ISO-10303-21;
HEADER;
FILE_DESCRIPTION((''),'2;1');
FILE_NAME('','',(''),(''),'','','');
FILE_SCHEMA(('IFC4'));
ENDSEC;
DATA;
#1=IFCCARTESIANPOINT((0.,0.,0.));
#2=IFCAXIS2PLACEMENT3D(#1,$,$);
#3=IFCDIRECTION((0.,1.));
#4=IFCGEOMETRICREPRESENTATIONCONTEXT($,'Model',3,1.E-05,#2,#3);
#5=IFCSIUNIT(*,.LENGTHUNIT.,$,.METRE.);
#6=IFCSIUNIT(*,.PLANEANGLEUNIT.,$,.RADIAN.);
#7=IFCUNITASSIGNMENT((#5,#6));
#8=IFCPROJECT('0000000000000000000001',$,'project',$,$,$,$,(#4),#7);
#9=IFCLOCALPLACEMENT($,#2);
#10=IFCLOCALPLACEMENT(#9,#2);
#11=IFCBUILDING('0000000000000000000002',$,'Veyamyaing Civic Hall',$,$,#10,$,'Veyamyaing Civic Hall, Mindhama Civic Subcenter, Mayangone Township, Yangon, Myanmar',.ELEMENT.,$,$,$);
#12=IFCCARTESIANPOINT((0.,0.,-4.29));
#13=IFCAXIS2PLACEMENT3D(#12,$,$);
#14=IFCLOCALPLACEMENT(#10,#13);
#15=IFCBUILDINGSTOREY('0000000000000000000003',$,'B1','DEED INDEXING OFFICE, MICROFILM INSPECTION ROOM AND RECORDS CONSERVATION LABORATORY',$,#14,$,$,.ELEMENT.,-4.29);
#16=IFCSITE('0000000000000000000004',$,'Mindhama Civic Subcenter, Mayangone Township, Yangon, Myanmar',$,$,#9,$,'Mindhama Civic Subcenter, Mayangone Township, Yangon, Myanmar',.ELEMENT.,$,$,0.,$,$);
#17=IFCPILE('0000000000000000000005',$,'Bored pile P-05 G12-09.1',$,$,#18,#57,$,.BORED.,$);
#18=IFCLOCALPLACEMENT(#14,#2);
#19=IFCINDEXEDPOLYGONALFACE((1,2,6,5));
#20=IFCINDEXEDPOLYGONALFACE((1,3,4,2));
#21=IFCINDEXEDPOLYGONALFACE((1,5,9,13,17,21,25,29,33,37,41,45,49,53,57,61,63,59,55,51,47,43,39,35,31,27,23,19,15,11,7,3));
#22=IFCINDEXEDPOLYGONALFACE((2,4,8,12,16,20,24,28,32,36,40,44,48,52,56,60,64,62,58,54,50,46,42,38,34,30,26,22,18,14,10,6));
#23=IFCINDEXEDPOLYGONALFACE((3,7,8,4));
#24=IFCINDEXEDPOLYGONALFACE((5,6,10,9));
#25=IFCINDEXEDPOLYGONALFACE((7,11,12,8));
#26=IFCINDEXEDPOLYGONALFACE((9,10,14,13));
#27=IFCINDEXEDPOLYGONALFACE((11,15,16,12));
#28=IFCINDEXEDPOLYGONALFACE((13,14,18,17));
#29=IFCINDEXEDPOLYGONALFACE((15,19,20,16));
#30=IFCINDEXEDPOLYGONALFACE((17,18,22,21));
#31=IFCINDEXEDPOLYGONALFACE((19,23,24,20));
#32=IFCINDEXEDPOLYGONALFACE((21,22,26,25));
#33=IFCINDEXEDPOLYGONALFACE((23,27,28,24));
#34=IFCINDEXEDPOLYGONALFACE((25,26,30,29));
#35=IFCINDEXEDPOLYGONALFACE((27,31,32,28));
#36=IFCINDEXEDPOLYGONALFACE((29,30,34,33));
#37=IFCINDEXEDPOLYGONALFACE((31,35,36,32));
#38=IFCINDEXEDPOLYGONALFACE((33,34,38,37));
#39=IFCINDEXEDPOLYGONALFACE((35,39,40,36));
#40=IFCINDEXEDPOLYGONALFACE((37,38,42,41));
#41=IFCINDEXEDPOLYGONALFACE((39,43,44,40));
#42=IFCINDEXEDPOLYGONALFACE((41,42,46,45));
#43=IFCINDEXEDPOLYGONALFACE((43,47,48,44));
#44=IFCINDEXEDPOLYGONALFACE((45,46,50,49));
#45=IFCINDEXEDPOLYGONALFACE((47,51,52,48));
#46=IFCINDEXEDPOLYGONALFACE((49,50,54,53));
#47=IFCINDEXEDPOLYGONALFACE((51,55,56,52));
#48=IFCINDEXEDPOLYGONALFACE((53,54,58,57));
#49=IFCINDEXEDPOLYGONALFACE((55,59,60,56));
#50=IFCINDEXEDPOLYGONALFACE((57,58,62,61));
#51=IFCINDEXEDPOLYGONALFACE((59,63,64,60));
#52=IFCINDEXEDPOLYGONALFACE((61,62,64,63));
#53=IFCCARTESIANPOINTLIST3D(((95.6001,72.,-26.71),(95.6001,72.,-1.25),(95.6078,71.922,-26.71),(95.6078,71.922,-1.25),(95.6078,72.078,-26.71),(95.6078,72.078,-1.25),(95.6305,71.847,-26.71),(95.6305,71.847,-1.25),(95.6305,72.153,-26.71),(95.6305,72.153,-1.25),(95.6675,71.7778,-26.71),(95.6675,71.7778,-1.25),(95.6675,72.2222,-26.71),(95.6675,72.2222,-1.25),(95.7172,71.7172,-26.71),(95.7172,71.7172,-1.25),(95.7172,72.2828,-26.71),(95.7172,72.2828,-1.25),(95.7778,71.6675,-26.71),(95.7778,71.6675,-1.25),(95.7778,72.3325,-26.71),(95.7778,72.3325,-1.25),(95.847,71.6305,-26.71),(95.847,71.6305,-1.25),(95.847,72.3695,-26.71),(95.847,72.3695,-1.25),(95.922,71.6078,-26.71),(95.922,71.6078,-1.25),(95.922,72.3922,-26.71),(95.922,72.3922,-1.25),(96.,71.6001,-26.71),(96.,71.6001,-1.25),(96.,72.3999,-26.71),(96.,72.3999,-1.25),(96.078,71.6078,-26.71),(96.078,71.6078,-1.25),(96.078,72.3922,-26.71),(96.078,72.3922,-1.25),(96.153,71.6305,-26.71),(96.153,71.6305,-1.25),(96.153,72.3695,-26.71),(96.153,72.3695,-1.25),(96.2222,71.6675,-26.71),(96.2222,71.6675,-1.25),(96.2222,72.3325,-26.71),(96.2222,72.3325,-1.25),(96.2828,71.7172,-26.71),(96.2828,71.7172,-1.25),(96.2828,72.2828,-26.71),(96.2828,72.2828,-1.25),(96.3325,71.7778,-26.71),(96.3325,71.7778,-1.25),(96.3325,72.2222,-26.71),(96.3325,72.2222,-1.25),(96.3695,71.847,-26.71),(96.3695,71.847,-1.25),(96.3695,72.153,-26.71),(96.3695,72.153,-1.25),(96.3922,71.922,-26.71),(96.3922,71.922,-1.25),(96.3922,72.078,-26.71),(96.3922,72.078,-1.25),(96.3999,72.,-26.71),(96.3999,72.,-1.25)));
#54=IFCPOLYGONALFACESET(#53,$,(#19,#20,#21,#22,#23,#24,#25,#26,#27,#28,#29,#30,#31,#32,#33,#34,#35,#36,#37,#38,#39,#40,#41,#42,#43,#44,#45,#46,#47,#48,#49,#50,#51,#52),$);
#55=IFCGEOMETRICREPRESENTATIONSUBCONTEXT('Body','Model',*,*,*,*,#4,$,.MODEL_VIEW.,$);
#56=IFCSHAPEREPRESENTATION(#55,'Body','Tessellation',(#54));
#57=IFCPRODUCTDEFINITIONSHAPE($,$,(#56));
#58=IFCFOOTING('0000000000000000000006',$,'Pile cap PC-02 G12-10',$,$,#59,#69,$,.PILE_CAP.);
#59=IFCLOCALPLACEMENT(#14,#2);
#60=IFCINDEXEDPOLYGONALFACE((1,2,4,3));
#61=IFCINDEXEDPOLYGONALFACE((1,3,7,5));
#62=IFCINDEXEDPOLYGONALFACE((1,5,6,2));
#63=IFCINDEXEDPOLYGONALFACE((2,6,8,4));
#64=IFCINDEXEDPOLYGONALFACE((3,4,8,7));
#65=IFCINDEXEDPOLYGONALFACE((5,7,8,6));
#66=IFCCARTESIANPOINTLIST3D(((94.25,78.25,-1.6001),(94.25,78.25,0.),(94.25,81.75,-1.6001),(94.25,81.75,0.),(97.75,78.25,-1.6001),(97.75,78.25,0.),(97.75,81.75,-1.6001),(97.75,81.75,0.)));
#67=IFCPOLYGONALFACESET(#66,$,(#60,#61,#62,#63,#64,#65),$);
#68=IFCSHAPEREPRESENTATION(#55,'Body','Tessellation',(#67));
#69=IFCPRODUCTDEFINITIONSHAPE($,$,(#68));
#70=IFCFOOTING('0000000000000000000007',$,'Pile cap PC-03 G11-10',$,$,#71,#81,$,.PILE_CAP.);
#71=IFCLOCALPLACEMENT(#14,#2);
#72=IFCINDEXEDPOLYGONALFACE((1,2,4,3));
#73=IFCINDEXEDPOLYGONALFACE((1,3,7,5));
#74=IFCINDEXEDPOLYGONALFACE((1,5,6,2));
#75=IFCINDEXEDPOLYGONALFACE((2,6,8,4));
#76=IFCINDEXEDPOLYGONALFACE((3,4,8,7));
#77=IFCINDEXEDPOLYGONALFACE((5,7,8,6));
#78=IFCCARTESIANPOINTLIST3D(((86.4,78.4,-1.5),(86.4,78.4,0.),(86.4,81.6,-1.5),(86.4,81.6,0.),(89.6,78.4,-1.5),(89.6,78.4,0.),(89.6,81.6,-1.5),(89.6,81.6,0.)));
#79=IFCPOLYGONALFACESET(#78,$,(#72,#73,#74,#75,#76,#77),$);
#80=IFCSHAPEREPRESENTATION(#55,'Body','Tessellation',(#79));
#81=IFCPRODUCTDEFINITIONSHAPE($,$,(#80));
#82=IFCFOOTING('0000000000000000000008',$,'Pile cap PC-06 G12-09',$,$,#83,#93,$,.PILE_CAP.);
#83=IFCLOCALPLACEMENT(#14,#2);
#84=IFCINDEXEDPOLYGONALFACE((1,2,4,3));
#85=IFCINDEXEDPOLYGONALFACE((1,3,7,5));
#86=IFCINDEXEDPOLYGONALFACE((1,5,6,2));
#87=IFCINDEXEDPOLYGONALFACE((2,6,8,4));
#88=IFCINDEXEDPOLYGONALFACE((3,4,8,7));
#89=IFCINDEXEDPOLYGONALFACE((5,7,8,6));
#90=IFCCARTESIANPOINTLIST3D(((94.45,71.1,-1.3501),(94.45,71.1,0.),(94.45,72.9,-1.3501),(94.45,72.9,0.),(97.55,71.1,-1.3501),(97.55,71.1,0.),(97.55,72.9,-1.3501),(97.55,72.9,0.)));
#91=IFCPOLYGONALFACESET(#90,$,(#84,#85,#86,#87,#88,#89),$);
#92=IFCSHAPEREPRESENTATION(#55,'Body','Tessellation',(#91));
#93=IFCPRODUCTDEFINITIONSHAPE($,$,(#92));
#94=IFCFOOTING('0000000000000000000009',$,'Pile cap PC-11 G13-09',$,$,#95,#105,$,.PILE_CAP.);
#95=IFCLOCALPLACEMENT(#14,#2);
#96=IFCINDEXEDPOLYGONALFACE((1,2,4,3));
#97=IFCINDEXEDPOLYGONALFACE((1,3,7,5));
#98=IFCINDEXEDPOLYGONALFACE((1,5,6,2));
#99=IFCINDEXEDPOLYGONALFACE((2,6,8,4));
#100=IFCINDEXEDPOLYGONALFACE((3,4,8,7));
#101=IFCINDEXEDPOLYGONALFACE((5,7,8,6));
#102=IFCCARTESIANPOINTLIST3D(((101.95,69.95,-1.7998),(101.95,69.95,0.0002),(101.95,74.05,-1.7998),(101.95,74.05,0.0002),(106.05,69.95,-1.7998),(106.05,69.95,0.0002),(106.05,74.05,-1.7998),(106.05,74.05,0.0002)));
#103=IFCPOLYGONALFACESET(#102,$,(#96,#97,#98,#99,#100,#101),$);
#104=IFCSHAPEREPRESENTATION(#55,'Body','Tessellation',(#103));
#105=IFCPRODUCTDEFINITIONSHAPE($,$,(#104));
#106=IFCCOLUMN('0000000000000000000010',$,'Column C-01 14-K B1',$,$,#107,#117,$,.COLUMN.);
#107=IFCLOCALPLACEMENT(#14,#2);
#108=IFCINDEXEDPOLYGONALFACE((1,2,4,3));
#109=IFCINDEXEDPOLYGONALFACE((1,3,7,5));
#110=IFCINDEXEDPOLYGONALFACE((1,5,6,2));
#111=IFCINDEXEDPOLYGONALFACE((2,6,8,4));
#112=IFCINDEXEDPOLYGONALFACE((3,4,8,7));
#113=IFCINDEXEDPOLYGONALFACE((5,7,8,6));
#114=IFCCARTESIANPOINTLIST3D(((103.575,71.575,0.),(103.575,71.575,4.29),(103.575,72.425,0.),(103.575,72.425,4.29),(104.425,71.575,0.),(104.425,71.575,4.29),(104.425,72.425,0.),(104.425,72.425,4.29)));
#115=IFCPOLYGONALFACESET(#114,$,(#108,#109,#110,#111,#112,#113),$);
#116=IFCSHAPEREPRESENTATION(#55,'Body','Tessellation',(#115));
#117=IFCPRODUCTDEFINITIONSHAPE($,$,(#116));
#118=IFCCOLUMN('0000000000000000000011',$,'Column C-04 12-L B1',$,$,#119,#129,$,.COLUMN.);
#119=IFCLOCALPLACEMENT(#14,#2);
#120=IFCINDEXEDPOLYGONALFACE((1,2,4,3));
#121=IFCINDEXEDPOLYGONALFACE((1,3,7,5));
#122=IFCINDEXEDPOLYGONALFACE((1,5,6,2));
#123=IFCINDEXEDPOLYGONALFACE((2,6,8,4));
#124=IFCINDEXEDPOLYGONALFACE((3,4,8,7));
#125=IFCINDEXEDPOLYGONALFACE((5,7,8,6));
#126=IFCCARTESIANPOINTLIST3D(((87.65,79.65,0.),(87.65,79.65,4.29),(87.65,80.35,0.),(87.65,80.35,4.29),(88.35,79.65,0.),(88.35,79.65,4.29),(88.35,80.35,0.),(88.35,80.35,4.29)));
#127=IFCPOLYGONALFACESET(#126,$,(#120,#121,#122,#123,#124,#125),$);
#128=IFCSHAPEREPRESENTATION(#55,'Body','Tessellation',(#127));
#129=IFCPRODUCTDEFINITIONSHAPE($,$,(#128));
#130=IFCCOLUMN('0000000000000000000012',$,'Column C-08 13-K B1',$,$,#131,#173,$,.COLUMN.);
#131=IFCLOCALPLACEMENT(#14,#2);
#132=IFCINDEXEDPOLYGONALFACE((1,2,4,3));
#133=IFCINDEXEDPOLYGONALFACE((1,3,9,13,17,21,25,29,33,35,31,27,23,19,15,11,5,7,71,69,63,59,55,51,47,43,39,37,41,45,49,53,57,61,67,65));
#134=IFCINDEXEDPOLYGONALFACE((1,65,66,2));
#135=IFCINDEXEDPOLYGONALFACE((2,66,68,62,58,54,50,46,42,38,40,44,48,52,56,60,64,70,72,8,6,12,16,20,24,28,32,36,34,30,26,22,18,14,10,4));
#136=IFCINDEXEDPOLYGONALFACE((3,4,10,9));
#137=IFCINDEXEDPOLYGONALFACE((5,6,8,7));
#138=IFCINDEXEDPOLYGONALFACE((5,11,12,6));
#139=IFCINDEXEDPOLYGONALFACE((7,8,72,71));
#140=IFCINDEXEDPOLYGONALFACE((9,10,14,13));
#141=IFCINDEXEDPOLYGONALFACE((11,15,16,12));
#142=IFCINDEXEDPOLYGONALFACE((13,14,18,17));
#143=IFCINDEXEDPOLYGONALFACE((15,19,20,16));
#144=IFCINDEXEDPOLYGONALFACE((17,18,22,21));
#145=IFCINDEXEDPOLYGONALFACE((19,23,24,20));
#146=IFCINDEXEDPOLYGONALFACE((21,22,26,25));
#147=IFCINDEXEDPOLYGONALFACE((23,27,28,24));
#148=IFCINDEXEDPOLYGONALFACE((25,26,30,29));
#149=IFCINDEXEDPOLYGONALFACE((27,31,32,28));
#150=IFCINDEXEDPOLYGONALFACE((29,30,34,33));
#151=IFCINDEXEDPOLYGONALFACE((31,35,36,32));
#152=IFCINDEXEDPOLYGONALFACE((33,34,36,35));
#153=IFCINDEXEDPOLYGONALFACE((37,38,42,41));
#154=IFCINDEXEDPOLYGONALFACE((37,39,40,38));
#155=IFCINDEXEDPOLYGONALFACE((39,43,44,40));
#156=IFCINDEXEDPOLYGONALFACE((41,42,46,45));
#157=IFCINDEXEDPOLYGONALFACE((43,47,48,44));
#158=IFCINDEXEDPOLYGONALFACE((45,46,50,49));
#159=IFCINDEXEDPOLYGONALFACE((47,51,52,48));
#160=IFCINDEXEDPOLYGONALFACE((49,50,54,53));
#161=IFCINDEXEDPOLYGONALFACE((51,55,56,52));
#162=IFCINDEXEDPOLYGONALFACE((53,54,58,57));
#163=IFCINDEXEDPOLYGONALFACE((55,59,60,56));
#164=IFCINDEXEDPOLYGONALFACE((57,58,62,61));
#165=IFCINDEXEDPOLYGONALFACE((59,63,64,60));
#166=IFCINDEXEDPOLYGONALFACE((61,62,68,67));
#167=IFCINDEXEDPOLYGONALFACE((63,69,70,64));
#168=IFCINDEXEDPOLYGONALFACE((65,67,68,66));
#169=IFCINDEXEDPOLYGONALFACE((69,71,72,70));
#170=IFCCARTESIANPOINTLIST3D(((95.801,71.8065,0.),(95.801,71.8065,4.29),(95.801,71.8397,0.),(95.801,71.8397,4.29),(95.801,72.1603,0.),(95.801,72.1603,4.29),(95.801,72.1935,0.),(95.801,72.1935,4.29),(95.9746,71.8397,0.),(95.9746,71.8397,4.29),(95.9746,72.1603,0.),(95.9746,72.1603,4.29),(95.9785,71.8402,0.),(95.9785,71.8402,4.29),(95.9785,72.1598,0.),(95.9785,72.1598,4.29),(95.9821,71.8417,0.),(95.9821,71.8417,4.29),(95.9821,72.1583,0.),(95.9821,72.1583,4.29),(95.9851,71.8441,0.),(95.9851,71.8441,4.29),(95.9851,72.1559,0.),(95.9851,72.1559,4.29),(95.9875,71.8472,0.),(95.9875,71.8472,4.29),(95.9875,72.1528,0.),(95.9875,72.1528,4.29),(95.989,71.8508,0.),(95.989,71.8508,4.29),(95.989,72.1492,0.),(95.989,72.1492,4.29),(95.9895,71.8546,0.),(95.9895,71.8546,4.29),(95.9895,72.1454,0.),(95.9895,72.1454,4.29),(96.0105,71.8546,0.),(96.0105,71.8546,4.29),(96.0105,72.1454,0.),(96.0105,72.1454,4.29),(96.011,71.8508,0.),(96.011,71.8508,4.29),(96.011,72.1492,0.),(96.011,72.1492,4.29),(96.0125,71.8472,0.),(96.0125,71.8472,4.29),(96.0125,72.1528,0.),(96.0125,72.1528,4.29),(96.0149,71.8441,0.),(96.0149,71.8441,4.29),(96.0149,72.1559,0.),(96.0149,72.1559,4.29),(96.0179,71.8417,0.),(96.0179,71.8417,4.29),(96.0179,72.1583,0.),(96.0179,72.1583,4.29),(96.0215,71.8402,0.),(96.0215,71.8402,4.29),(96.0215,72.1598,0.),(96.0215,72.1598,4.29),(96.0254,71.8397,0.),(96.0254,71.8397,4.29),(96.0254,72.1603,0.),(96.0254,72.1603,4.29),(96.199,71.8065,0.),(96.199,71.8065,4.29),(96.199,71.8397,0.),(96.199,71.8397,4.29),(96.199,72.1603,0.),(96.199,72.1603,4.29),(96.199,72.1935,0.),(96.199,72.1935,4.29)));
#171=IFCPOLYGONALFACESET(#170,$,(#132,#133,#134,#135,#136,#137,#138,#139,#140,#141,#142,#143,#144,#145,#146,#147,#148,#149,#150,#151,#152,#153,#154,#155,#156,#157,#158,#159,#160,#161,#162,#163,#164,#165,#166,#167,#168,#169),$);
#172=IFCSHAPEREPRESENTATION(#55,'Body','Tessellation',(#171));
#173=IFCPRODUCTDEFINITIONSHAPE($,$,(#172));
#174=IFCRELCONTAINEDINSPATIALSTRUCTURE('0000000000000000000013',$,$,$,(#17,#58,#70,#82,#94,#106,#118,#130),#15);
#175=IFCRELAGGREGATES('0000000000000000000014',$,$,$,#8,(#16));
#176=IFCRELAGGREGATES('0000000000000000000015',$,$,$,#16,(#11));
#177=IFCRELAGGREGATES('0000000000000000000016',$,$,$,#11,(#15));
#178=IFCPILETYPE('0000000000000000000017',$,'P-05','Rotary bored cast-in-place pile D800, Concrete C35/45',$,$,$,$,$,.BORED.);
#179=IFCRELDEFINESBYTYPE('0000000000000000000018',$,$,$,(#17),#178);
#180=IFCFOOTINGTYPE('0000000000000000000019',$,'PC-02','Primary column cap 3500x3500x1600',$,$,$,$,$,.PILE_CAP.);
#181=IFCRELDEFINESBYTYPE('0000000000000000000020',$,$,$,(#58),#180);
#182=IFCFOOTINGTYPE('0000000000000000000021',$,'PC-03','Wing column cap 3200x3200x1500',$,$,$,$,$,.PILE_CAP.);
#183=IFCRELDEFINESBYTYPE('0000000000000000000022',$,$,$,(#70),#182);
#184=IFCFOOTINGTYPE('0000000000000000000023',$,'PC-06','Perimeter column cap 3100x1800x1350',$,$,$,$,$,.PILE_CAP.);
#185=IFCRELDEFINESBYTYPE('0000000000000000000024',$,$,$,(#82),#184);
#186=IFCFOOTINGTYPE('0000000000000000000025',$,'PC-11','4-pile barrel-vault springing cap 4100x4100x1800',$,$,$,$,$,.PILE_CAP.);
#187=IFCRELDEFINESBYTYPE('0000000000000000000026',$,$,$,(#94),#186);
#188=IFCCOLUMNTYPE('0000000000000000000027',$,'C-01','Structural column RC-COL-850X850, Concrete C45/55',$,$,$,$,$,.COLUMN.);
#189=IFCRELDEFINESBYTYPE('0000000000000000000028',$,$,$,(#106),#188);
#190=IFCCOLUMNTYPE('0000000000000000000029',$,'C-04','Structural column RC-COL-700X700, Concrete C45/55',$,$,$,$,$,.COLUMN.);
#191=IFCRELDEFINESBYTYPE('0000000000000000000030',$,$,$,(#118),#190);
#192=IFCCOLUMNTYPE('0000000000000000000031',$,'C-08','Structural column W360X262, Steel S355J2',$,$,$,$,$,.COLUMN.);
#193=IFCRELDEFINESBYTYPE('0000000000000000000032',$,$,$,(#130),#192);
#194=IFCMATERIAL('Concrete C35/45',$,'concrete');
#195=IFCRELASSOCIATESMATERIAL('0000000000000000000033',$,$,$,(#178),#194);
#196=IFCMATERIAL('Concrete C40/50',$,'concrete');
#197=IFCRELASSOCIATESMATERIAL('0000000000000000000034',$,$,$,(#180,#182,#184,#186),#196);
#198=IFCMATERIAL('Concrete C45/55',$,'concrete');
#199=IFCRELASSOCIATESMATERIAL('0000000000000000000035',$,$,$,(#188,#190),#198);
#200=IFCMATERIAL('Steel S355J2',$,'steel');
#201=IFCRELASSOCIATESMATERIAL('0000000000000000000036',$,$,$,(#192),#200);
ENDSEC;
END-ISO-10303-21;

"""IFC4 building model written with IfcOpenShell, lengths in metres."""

from ifc_helpers import new_model, si_unit, direction, frame, origin, origin_2d, place, context, subcontext, project, spatial, rectangle, circle, i_section, extrude, material, material_profile, profile_set, type_object, element, save


model = new_model("IFC4")

# Units and contexts
model_context = context("Model", 3, precision=1e-05, world=origin(), true_north=direction((0.0, 1.0)))
body_context = subcontext(model_context, "Body", "Model", "MODEL_VIEW")
ifc_project = project(units=[si_unit("LENGTHUNIT", "METRE"), si_unit("PLANEANGLEUNIT", "RADIAN")], contexts=[model_context])

# Site, building, storey
site_placement = place(None, origin())
site = spatial("IfcSite", under=ifc_project, at=site_placement, Name="Mindhama Civic Subcenter, Mayangone Township, Yangon, Myanmar", LongName="Mindhama Civic Subcenter, Mayangone Township, Yangon, Myanmar", CompositionType="ELEMENT", RefElevation=0.0)
building_placement = place(site_placement, origin())
building = spatial("IfcBuilding", under=site, at=building_placement, Name="Veyamyaing Civic Hall", LongName="Veyamyaing Civic Hall, Mindhama Civic Subcenter, Mayangone Township, Yangon, Myanmar", CompositionType="ELEMENT")
storey_placement = place(building_placement, frame((0.0, 0.0, -4.29)))
storey = spatial("IfcBuildingStorey", under=building, at=storey_placement, Name="B1", Description="DEED INDEXING OFFICE, MICROFILM INSPECTION ROOM AND RECORDS CONSERVATION LABORATORY", CompositionType="ELEMENT", Elevation=-4.29)

# Shared definitions
ifc_material_1 = material(Name="Concrete C40/50", Category="concrete")

# Pile
ifc_material_2 = material(Name="Concrete C35/45", Category="concrete")
ifc_material_profile_1 = material_profile(ifc_material_2, circle(Radius=0.3999, at=origin_2d()), Name="PILE-D800")
ifc_profile_set_1 = profile_set([ifc_material_profile_1], Name="Concrete C35/45")
pile_type_1 = type_object("IfcPileType", Name="P-05", Description="Rotary bored cast-in-place pile D800, Concrete C35/45", PredefinedType="BORED", material=ifc_profile_set_1)
pile_1_placement = place(storey_placement, frame((96.0, 72.0, -1.25), z_axis=(0.0, 0.0, -1.0), x_axis=(1.0, 0.0, 0.0)))
element("IfcPile", 1, at=pile_1_placement, inside=storey, type_object=pile_type_1, Name="Bored pile P-05 G12-09.1", PredefinedType="BORED", context=body_context, shape_type="SweptSolid", body=[
    extrude(circle(Radius=0.3999, at=origin_2d()), origin(), (0.0, 0.0, 1.0), 25.46),
])

# Footings
footing_type_1 = type_object("IfcFootingType", Name="PC-02", Description="Primary column cap 3500x3500x1600", PredefinedType="PILE_CAP", material=ifc_material_1)
footing_1_placement = place(storey_placement, frame((96.0, 80.0, -1.6001), z_axis=(0.0, 0.0, 1.0), x_axis=(1.0, 0.0, 0.0)))
element("IfcFooting", 2, at=footing_1_placement, inside=storey, type_object=footing_type_1, Name="Pile cap PC-02 G12-10", PredefinedType="PILE_CAP", context=body_context, shape_type="SweptSolid", body=[
    extrude(rectangle(XDim=3.5, YDim=3.5, at=origin_2d()), origin(), (0.0, 0.0, 1.0), 1.6001),
])
footing_type_2 = type_object("IfcFootingType", Name="PC-03", Description="Wing column cap 3200x3200x1500", PredefinedType="PILE_CAP", material=ifc_material_1)
footing_2_placement = place(storey_placement, frame((88.0, 80.0, -1.5), z_axis=(0.0, 0.0, 1.0), x_axis=(1.0, 0.0, 0.0)))
element("IfcFooting", 3, at=footing_2_placement, inside=storey, type_object=footing_type_2, Name="Pile cap PC-03 G11-10", PredefinedType="PILE_CAP", context=body_context, shape_type="SweptSolid", body=[
    extrude(rectangle(XDim=3.2, YDim=3.2, at=origin_2d()), origin(), (0.0, 0.0, 1.0), 1.5),
])
footing_type_3 = type_object("IfcFootingType", Name="PC-06", Description="Perimeter column cap 3100x1800x1350", PredefinedType="PILE_CAP", material=ifc_material_1)
footing_3_placement = place(storey_placement, frame((96.0, 72.0, -1.3501), z_axis=(0.0, 0.0, 1.0), x_axis=(1.0, 0.0, 0.0)))
element("IfcFooting", 4, at=footing_3_placement, inside=storey, type_object=footing_type_3, Name="Pile cap PC-06 G12-09", PredefinedType="PILE_CAP", context=body_context, shape_type="SweptSolid", body=[
    extrude(rectangle(XDim=3.1001, YDim=1.8, at=origin_2d()), origin(), (0.0, 0.0, 1.0), 1.3501),
])
footing_type_4 = type_object("IfcFootingType", Name="PC-11", Description="4-pile barrel-vault springing cap 4100x4100x1800", PredefinedType="PILE_CAP", material=ifc_material_1)
footing_4_placement = place(storey_placement, frame((104.0, 72.0, -1.7998), z_axis=(0.0, 0.0, 1.0), x_axis=(1.0, 0.0, 0.0)))
element("IfcFooting", 5, at=footing_4_placement, inside=storey, type_object=footing_type_4, Name="Pile cap PC-11 G13-09", PredefinedType="PILE_CAP", context=body_context, shape_type="SweptSolid", body=[
    extrude(rectangle(XDim=4.1001, YDim=4.1001, at=origin_2d()), origin(), (0.0, 0.0, 1.0), 1.8),
])

# Columns
ifc_material_3 = material(Name="Concrete C45/55", Category="concrete")
ifc_material_profile_2 = material_profile(ifc_material_3, rectangle(XDim=0.8501, YDim=0.8501, at=origin_2d()), Name="RC-COL-850X850")
ifc_profile_set_2 = profile_set([ifc_material_profile_2], Name="Concrete C45/55")
column_type_1 = type_object("IfcColumnType", Name="C-01", Description="Structural column RC-COL-850X850, Concrete C45/55", PredefinedType="COLUMN", material=ifc_profile_set_2)
column_1_placement = place(storey_placement, frame((104.0, 72.0, 0.0), z_axis=(0.0, 0.0, 1.0), x_axis=(1.0, 0.0, 0.0)))
element("IfcColumn", 6, at=column_1_placement, inside=storey, type_object=column_type_1, Name="Column C-01 14-K B1", PredefinedType="COLUMN", context=body_context, shape_type="SweptSolid", body=[
    extrude(rectangle(XDim=0.8501, YDim=0.8501, at=origin_2d()), origin(), (0.0, 0.0, 1.0), 4.29),
])
ifc_material_profile_3 = material_profile(ifc_material_3, rectangle(XDim=0.7, YDim=0.7, at=origin_2d()), Name="RC-COL-700X700")
ifc_profile_set_3 = profile_set([ifc_material_profile_3], Name="Concrete C45/55")
column_type_2 = type_object("IfcColumnType", Name="C-04", Description="Structural column RC-COL-700X700, Concrete C45/55", PredefinedType="COLUMN", material=ifc_profile_set_3)
column_2_placement = place(storey_placement, frame((88.0, 80.0, 0.0), z_axis=(0.0, 0.0, 1.0), x_axis=(1.0, 0.0, 0.0)))
element("IfcColumn", 7, at=column_2_placement, inside=storey, type_object=column_type_2, Name="Column C-04 12-L B1", PredefinedType="COLUMN", context=body_context, shape_type="SweptSolid", body=[
    extrude(rectangle(XDim=0.7, YDim=0.7, at=origin_2d()), origin(), (0.0, 0.0, 1.0), 4.29),
])
ifc_material_4 = material(Name="Steel S355J2", Category="steel")
ifc_material_profile_4 = material_profile(ifc_material_4, i_section(OverallWidth=0.3979, OverallDepth=0.387, WebThickness=0.021, FlangeThickness=0.0332, FilletRadius=0.0149, at=origin_2d()), Name="W360X262")
ifc_profile_set_4 = profile_set([ifc_material_profile_4], Name="Steel S355J2")
column_type_3 = type_object("IfcColumnType", Name="C-08", Description="Structural column W360X262, Steel S355J2", PredefinedType="COLUMN", material=ifc_profile_set_4)
for number, where, z_axis, x_axis, name in (
    (8, (96.0, 72.0, 0.0), (0.0, 0.0, 1.0), (1.0, 0.0, 0.0), "Column C-08 13-K B1"),
):
    element("IfcColumn", number, at=place(storey_placement, frame(where, z_axis=z_axis, x_axis=x_axis)), inside=storey, type_object=column_type_3, Name=name, PredefinedType="COLUMN", context=body_context, shape_type="SweptSolid", body=[
        extrude(i_section(OverallWidth=0.3979, OverallDepth=0.387, WebThickness=0.021, FlangeThickness=0.0332, FilletRadius=0.0149, at=origin_2d()), origin(), (0.0, 0.0, 1.0), 4.29),
    ])

save(model, "model.ifc")
